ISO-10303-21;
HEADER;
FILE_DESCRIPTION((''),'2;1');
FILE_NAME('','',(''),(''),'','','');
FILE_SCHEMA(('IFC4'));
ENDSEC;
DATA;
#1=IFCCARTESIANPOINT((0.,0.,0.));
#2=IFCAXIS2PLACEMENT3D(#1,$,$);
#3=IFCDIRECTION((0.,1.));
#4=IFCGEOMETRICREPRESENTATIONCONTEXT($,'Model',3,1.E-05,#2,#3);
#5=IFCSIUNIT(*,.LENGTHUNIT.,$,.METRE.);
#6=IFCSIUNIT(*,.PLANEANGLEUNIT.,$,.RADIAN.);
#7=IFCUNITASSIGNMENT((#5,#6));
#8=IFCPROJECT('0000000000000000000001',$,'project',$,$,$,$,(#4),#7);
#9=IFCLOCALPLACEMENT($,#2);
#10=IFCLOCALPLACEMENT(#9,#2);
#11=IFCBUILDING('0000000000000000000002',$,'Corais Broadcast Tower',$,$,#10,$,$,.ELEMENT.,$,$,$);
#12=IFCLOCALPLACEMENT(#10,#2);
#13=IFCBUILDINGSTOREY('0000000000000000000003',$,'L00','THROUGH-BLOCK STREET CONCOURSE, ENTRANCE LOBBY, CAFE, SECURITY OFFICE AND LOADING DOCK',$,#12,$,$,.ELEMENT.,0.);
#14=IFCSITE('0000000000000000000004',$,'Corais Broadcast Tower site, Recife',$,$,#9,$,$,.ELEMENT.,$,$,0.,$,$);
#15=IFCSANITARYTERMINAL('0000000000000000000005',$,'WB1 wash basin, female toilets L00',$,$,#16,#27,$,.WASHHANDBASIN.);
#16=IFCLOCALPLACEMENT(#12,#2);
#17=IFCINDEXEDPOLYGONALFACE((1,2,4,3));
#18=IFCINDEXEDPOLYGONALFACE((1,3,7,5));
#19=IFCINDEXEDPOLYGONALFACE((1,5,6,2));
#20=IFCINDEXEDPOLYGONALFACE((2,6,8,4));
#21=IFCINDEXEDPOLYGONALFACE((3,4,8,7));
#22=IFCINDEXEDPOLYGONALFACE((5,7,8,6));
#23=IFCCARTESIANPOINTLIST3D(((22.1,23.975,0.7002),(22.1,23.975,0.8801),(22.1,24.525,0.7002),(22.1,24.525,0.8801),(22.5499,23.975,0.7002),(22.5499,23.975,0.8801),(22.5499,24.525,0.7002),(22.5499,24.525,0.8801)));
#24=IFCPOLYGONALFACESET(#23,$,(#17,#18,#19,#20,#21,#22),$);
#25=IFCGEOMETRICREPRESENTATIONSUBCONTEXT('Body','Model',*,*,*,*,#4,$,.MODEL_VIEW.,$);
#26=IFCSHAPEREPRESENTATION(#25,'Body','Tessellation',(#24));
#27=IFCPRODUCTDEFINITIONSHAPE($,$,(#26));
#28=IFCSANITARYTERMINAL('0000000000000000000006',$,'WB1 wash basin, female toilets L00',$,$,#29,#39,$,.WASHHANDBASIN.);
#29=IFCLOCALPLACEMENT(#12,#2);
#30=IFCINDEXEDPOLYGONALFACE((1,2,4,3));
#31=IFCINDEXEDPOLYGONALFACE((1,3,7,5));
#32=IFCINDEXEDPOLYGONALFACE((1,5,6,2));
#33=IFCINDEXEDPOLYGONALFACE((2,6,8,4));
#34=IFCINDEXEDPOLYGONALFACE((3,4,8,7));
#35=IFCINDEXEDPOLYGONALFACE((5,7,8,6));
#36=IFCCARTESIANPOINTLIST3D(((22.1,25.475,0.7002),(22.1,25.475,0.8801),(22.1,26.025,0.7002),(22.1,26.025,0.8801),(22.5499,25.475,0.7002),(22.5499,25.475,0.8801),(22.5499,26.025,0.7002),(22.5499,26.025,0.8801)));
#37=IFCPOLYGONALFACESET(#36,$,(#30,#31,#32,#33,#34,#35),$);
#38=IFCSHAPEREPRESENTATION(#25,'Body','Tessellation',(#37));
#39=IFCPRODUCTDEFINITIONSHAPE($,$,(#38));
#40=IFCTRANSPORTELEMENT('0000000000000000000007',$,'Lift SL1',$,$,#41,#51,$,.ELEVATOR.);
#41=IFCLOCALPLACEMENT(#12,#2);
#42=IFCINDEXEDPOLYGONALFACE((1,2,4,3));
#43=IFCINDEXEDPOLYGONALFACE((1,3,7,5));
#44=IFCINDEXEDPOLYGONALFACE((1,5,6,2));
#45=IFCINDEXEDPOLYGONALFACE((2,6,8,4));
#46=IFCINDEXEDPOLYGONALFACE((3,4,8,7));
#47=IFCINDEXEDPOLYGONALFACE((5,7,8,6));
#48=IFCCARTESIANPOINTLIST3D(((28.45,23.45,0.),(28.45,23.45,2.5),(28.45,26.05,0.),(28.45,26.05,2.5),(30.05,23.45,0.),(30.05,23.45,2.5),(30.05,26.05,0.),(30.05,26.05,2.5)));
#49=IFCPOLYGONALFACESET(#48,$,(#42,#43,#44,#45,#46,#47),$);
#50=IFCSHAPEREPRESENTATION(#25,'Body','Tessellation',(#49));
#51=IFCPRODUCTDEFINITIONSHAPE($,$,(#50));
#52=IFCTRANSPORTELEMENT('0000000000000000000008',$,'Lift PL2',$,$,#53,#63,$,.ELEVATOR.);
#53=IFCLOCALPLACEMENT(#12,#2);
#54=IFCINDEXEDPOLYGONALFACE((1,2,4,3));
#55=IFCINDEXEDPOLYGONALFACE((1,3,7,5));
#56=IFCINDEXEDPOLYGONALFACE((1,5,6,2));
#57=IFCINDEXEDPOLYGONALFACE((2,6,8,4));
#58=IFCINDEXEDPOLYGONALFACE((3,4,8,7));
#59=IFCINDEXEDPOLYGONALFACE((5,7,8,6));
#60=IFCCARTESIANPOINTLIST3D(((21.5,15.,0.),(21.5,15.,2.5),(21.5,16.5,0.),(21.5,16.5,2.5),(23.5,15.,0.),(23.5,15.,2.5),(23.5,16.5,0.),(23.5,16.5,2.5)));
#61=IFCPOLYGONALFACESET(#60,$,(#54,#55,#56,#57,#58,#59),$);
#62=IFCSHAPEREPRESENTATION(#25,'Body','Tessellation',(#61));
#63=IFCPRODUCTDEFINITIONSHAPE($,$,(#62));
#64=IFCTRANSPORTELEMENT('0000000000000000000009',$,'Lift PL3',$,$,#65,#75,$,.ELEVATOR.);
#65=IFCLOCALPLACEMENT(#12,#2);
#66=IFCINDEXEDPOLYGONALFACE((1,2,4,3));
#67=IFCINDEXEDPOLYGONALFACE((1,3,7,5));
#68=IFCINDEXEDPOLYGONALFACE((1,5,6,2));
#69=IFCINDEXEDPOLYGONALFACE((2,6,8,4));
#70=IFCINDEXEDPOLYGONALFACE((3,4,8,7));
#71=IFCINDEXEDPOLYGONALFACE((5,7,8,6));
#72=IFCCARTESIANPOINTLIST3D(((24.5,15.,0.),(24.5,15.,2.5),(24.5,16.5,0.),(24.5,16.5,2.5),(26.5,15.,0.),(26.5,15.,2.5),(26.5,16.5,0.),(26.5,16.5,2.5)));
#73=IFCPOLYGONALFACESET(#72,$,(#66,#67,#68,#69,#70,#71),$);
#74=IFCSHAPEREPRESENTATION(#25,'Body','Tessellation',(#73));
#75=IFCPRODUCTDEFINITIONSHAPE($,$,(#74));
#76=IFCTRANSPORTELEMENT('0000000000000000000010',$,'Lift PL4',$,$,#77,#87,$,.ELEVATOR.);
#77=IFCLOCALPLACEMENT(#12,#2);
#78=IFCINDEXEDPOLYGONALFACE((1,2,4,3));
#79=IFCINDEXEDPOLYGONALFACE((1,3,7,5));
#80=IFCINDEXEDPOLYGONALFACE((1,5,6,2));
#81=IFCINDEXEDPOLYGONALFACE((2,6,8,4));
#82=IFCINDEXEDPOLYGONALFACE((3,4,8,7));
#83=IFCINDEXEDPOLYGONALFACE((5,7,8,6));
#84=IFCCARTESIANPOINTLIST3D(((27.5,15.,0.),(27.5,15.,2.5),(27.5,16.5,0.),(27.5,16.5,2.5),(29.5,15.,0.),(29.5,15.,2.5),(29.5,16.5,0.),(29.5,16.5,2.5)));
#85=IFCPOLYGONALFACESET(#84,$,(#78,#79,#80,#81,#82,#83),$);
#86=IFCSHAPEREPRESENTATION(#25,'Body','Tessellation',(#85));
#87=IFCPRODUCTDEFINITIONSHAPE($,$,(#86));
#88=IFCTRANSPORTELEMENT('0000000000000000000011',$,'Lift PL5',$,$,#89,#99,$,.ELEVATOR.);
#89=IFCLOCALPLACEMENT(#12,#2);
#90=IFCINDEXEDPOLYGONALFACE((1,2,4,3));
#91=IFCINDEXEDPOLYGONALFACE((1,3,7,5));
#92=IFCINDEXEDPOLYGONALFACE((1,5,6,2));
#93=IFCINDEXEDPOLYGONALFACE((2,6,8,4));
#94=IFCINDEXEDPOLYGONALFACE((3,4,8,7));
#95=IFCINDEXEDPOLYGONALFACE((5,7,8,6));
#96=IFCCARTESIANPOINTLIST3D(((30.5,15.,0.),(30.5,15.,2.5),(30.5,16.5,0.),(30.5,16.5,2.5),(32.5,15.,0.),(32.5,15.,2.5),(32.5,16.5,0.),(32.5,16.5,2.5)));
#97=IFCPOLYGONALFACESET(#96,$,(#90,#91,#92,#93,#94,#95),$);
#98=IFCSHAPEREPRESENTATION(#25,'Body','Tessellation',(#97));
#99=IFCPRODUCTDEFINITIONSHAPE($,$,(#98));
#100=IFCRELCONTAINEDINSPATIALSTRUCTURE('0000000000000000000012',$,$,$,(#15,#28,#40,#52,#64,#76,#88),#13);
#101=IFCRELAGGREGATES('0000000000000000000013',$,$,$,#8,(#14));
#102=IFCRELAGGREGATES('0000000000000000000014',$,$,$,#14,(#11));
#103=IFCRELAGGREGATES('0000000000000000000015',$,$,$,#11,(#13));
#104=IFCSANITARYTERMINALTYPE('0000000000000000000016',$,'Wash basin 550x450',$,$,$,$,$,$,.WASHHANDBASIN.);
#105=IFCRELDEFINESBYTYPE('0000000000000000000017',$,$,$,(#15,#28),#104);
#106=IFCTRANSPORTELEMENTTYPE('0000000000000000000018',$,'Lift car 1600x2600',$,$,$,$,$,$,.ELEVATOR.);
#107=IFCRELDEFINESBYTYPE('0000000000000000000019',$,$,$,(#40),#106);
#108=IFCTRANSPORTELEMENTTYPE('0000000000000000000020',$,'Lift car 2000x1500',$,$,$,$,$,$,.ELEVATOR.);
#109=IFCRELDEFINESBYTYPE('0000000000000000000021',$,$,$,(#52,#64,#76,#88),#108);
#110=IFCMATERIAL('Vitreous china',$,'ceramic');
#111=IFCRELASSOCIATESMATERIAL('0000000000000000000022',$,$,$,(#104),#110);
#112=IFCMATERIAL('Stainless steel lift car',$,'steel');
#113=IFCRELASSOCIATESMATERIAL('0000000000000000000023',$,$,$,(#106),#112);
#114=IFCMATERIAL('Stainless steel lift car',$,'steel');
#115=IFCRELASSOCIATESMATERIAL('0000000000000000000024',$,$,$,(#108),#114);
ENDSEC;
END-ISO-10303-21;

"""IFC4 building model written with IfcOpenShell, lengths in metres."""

from ifc_helpers import new_model, si_unit, direction, frame, origin, origin_2d, place, context, subcontext, project, spatial, rectangle, extrude, material, type_object, element, save


model = new_model("IFC4")

# Units and contexts
model_context = context("Model", 3, precision=1e-05, world=origin(), true_north=direction((0.0, 1.0)))
body_context = subcontext(model_context, "Body", "Model", "MODEL_VIEW")
ifc_project = project(units=[si_unit("LENGTHUNIT", "METRE"), si_unit("PLANEANGLEUNIT", "RADIAN")], contexts=[model_context])

# Site, building, storey
site_placement = place(None, origin())
site = spatial("IfcSite", under=ifc_project, at=site_placement, Name="Corais Broadcast Tower site, Recife", CompositionType="ELEMENT", RefElevation=0.0)
building_placement = place(site_placement, origin())
building = spatial("IfcBuilding", under=site, at=building_placement, Name="Corais Broadcast Tower", CompositionType="ELEMENT")
storey_placement = place(building_placement, origin())
storey = spatial("IfcBuildingStorey", under=building, at=storey_placement, Name="L00", Description="THROUGH-BLOCK STREET CONCOURSE, ENTRANCE LOBBY, CAFE, SECURITY OFFICE AND LOADING DOCK", CompositionType="ELEMENT", Elevation=0.0)

# Sanitary terminals
ifc_material_1 = material(Name="Vitreous china", Category="ceramic")
sanitary_terminal_type = type_object("IfcSanitaryTerminalType", Name="Wash basin 550x450", PredefinedType="WASHHANDBASIN", material=ifc_material_1)
for number, where, z_axis, x_axis, name in (
    (1, (22.325, 24.25, 0.7002), (0.0, 0.0, 1.0), (1.0, 0.0, 0.0), "WB1 wash basin, female toilets L00"),
    (2, (22.325, 25.75, 0.7002), (0.0, 0.0, 1.0), (1.0, 0.0, 0.0), "WB1 wash basin, female toilets L00"),
):
    element("IfcSanitaryTerminal", number, at=place(storey_placement, frame(where, z_axis=z_axis, x_axis=x_axis)), inside=storey, type_object=sanitary_terminal_type, Name=name, PredefinedType="WASHHANDBASIN", context=body_context, shape_type="SweptSolid", body=[
        extrude(rectangle(XDim=0.45, YDim=0.55, at=origin_2d()), origin(), (0.0, 0.0, 1.0), 0.1799),
    ])

# Transport elements
ifc_material_2 = material(Name="Stainless steel lift car", Category="steel")
transport_element_type_1 = type_object("IfcTransportElementType", Name="Lift car 1600x2600", PredefinedType="ELEVATOR", material=ifc_material_2)
transport_element_placement = place(storey_placement, frame((29.25, 24.75, 0.0), z_axis=(0.0, 0.0, 1.0), x_axis=(1.0, 0.0, 0.0)))
element("IfcTransportElement", 3, at=transport_element_placement, inside=storey, type_object=transport_element_type_1, Name="Lift SL1", PredefinedType="ELEVATOR", context=body_context, shape_type="SweptSolid", body=[
    extrude(rectangle(XDim=1.6001, YDim=2.6001, at=origin_2d()), origin(), (0.0, 0.0, 1.0), 2.5),
])
ifc_material_3 = material(Name="Stainless steel lift car", Category="steel")
transport_element_type_2 = type_object("IfcTransportElementType", Name="Lift car 2000x1500", PredefinedType="ELEVATOR", material=ifc_material_3)
for number, where, z_axis, x_axis, name in (
    (4, (22.5, 15.75, 0.0), (0.0, 0.0, 1.0), (1.0, 0.0, 0.0), "Lift PL2"),
    (5, (25.5, 15.75, 0.0), (0.0, 0.0, 1.0), (1.0, 0.0, 0.0), "Lift PL3"),
    (6, (28.5, 15.75, 0.0), (0.0, 0.0, 1.0), (1.0, 0.0, 0.0), "Lift PL4"),
    (7, (31.5, 15.75, 0.0), (0.0, 0.0, 1.0), (1.0, 0.0, 0.0), "Lift PL5"),
):
    element("IfcTransportElement", number, at=place(storey_placement, frame(where, z_axis=z_axis, x_axis=x_axis)), inside=storey, type_object=transport_element_type_2, Name=name, PredefinedType="ELEVATOR", context=body_context, shape_type="SweptSolid", body=[
        extrude(rectangle(XDim=2.0, YDim=1.5, at=origin_2d()), origin(), (0.0, 0.0, 1.0), 2.5),
    ])

save(model, "model.ifc")
